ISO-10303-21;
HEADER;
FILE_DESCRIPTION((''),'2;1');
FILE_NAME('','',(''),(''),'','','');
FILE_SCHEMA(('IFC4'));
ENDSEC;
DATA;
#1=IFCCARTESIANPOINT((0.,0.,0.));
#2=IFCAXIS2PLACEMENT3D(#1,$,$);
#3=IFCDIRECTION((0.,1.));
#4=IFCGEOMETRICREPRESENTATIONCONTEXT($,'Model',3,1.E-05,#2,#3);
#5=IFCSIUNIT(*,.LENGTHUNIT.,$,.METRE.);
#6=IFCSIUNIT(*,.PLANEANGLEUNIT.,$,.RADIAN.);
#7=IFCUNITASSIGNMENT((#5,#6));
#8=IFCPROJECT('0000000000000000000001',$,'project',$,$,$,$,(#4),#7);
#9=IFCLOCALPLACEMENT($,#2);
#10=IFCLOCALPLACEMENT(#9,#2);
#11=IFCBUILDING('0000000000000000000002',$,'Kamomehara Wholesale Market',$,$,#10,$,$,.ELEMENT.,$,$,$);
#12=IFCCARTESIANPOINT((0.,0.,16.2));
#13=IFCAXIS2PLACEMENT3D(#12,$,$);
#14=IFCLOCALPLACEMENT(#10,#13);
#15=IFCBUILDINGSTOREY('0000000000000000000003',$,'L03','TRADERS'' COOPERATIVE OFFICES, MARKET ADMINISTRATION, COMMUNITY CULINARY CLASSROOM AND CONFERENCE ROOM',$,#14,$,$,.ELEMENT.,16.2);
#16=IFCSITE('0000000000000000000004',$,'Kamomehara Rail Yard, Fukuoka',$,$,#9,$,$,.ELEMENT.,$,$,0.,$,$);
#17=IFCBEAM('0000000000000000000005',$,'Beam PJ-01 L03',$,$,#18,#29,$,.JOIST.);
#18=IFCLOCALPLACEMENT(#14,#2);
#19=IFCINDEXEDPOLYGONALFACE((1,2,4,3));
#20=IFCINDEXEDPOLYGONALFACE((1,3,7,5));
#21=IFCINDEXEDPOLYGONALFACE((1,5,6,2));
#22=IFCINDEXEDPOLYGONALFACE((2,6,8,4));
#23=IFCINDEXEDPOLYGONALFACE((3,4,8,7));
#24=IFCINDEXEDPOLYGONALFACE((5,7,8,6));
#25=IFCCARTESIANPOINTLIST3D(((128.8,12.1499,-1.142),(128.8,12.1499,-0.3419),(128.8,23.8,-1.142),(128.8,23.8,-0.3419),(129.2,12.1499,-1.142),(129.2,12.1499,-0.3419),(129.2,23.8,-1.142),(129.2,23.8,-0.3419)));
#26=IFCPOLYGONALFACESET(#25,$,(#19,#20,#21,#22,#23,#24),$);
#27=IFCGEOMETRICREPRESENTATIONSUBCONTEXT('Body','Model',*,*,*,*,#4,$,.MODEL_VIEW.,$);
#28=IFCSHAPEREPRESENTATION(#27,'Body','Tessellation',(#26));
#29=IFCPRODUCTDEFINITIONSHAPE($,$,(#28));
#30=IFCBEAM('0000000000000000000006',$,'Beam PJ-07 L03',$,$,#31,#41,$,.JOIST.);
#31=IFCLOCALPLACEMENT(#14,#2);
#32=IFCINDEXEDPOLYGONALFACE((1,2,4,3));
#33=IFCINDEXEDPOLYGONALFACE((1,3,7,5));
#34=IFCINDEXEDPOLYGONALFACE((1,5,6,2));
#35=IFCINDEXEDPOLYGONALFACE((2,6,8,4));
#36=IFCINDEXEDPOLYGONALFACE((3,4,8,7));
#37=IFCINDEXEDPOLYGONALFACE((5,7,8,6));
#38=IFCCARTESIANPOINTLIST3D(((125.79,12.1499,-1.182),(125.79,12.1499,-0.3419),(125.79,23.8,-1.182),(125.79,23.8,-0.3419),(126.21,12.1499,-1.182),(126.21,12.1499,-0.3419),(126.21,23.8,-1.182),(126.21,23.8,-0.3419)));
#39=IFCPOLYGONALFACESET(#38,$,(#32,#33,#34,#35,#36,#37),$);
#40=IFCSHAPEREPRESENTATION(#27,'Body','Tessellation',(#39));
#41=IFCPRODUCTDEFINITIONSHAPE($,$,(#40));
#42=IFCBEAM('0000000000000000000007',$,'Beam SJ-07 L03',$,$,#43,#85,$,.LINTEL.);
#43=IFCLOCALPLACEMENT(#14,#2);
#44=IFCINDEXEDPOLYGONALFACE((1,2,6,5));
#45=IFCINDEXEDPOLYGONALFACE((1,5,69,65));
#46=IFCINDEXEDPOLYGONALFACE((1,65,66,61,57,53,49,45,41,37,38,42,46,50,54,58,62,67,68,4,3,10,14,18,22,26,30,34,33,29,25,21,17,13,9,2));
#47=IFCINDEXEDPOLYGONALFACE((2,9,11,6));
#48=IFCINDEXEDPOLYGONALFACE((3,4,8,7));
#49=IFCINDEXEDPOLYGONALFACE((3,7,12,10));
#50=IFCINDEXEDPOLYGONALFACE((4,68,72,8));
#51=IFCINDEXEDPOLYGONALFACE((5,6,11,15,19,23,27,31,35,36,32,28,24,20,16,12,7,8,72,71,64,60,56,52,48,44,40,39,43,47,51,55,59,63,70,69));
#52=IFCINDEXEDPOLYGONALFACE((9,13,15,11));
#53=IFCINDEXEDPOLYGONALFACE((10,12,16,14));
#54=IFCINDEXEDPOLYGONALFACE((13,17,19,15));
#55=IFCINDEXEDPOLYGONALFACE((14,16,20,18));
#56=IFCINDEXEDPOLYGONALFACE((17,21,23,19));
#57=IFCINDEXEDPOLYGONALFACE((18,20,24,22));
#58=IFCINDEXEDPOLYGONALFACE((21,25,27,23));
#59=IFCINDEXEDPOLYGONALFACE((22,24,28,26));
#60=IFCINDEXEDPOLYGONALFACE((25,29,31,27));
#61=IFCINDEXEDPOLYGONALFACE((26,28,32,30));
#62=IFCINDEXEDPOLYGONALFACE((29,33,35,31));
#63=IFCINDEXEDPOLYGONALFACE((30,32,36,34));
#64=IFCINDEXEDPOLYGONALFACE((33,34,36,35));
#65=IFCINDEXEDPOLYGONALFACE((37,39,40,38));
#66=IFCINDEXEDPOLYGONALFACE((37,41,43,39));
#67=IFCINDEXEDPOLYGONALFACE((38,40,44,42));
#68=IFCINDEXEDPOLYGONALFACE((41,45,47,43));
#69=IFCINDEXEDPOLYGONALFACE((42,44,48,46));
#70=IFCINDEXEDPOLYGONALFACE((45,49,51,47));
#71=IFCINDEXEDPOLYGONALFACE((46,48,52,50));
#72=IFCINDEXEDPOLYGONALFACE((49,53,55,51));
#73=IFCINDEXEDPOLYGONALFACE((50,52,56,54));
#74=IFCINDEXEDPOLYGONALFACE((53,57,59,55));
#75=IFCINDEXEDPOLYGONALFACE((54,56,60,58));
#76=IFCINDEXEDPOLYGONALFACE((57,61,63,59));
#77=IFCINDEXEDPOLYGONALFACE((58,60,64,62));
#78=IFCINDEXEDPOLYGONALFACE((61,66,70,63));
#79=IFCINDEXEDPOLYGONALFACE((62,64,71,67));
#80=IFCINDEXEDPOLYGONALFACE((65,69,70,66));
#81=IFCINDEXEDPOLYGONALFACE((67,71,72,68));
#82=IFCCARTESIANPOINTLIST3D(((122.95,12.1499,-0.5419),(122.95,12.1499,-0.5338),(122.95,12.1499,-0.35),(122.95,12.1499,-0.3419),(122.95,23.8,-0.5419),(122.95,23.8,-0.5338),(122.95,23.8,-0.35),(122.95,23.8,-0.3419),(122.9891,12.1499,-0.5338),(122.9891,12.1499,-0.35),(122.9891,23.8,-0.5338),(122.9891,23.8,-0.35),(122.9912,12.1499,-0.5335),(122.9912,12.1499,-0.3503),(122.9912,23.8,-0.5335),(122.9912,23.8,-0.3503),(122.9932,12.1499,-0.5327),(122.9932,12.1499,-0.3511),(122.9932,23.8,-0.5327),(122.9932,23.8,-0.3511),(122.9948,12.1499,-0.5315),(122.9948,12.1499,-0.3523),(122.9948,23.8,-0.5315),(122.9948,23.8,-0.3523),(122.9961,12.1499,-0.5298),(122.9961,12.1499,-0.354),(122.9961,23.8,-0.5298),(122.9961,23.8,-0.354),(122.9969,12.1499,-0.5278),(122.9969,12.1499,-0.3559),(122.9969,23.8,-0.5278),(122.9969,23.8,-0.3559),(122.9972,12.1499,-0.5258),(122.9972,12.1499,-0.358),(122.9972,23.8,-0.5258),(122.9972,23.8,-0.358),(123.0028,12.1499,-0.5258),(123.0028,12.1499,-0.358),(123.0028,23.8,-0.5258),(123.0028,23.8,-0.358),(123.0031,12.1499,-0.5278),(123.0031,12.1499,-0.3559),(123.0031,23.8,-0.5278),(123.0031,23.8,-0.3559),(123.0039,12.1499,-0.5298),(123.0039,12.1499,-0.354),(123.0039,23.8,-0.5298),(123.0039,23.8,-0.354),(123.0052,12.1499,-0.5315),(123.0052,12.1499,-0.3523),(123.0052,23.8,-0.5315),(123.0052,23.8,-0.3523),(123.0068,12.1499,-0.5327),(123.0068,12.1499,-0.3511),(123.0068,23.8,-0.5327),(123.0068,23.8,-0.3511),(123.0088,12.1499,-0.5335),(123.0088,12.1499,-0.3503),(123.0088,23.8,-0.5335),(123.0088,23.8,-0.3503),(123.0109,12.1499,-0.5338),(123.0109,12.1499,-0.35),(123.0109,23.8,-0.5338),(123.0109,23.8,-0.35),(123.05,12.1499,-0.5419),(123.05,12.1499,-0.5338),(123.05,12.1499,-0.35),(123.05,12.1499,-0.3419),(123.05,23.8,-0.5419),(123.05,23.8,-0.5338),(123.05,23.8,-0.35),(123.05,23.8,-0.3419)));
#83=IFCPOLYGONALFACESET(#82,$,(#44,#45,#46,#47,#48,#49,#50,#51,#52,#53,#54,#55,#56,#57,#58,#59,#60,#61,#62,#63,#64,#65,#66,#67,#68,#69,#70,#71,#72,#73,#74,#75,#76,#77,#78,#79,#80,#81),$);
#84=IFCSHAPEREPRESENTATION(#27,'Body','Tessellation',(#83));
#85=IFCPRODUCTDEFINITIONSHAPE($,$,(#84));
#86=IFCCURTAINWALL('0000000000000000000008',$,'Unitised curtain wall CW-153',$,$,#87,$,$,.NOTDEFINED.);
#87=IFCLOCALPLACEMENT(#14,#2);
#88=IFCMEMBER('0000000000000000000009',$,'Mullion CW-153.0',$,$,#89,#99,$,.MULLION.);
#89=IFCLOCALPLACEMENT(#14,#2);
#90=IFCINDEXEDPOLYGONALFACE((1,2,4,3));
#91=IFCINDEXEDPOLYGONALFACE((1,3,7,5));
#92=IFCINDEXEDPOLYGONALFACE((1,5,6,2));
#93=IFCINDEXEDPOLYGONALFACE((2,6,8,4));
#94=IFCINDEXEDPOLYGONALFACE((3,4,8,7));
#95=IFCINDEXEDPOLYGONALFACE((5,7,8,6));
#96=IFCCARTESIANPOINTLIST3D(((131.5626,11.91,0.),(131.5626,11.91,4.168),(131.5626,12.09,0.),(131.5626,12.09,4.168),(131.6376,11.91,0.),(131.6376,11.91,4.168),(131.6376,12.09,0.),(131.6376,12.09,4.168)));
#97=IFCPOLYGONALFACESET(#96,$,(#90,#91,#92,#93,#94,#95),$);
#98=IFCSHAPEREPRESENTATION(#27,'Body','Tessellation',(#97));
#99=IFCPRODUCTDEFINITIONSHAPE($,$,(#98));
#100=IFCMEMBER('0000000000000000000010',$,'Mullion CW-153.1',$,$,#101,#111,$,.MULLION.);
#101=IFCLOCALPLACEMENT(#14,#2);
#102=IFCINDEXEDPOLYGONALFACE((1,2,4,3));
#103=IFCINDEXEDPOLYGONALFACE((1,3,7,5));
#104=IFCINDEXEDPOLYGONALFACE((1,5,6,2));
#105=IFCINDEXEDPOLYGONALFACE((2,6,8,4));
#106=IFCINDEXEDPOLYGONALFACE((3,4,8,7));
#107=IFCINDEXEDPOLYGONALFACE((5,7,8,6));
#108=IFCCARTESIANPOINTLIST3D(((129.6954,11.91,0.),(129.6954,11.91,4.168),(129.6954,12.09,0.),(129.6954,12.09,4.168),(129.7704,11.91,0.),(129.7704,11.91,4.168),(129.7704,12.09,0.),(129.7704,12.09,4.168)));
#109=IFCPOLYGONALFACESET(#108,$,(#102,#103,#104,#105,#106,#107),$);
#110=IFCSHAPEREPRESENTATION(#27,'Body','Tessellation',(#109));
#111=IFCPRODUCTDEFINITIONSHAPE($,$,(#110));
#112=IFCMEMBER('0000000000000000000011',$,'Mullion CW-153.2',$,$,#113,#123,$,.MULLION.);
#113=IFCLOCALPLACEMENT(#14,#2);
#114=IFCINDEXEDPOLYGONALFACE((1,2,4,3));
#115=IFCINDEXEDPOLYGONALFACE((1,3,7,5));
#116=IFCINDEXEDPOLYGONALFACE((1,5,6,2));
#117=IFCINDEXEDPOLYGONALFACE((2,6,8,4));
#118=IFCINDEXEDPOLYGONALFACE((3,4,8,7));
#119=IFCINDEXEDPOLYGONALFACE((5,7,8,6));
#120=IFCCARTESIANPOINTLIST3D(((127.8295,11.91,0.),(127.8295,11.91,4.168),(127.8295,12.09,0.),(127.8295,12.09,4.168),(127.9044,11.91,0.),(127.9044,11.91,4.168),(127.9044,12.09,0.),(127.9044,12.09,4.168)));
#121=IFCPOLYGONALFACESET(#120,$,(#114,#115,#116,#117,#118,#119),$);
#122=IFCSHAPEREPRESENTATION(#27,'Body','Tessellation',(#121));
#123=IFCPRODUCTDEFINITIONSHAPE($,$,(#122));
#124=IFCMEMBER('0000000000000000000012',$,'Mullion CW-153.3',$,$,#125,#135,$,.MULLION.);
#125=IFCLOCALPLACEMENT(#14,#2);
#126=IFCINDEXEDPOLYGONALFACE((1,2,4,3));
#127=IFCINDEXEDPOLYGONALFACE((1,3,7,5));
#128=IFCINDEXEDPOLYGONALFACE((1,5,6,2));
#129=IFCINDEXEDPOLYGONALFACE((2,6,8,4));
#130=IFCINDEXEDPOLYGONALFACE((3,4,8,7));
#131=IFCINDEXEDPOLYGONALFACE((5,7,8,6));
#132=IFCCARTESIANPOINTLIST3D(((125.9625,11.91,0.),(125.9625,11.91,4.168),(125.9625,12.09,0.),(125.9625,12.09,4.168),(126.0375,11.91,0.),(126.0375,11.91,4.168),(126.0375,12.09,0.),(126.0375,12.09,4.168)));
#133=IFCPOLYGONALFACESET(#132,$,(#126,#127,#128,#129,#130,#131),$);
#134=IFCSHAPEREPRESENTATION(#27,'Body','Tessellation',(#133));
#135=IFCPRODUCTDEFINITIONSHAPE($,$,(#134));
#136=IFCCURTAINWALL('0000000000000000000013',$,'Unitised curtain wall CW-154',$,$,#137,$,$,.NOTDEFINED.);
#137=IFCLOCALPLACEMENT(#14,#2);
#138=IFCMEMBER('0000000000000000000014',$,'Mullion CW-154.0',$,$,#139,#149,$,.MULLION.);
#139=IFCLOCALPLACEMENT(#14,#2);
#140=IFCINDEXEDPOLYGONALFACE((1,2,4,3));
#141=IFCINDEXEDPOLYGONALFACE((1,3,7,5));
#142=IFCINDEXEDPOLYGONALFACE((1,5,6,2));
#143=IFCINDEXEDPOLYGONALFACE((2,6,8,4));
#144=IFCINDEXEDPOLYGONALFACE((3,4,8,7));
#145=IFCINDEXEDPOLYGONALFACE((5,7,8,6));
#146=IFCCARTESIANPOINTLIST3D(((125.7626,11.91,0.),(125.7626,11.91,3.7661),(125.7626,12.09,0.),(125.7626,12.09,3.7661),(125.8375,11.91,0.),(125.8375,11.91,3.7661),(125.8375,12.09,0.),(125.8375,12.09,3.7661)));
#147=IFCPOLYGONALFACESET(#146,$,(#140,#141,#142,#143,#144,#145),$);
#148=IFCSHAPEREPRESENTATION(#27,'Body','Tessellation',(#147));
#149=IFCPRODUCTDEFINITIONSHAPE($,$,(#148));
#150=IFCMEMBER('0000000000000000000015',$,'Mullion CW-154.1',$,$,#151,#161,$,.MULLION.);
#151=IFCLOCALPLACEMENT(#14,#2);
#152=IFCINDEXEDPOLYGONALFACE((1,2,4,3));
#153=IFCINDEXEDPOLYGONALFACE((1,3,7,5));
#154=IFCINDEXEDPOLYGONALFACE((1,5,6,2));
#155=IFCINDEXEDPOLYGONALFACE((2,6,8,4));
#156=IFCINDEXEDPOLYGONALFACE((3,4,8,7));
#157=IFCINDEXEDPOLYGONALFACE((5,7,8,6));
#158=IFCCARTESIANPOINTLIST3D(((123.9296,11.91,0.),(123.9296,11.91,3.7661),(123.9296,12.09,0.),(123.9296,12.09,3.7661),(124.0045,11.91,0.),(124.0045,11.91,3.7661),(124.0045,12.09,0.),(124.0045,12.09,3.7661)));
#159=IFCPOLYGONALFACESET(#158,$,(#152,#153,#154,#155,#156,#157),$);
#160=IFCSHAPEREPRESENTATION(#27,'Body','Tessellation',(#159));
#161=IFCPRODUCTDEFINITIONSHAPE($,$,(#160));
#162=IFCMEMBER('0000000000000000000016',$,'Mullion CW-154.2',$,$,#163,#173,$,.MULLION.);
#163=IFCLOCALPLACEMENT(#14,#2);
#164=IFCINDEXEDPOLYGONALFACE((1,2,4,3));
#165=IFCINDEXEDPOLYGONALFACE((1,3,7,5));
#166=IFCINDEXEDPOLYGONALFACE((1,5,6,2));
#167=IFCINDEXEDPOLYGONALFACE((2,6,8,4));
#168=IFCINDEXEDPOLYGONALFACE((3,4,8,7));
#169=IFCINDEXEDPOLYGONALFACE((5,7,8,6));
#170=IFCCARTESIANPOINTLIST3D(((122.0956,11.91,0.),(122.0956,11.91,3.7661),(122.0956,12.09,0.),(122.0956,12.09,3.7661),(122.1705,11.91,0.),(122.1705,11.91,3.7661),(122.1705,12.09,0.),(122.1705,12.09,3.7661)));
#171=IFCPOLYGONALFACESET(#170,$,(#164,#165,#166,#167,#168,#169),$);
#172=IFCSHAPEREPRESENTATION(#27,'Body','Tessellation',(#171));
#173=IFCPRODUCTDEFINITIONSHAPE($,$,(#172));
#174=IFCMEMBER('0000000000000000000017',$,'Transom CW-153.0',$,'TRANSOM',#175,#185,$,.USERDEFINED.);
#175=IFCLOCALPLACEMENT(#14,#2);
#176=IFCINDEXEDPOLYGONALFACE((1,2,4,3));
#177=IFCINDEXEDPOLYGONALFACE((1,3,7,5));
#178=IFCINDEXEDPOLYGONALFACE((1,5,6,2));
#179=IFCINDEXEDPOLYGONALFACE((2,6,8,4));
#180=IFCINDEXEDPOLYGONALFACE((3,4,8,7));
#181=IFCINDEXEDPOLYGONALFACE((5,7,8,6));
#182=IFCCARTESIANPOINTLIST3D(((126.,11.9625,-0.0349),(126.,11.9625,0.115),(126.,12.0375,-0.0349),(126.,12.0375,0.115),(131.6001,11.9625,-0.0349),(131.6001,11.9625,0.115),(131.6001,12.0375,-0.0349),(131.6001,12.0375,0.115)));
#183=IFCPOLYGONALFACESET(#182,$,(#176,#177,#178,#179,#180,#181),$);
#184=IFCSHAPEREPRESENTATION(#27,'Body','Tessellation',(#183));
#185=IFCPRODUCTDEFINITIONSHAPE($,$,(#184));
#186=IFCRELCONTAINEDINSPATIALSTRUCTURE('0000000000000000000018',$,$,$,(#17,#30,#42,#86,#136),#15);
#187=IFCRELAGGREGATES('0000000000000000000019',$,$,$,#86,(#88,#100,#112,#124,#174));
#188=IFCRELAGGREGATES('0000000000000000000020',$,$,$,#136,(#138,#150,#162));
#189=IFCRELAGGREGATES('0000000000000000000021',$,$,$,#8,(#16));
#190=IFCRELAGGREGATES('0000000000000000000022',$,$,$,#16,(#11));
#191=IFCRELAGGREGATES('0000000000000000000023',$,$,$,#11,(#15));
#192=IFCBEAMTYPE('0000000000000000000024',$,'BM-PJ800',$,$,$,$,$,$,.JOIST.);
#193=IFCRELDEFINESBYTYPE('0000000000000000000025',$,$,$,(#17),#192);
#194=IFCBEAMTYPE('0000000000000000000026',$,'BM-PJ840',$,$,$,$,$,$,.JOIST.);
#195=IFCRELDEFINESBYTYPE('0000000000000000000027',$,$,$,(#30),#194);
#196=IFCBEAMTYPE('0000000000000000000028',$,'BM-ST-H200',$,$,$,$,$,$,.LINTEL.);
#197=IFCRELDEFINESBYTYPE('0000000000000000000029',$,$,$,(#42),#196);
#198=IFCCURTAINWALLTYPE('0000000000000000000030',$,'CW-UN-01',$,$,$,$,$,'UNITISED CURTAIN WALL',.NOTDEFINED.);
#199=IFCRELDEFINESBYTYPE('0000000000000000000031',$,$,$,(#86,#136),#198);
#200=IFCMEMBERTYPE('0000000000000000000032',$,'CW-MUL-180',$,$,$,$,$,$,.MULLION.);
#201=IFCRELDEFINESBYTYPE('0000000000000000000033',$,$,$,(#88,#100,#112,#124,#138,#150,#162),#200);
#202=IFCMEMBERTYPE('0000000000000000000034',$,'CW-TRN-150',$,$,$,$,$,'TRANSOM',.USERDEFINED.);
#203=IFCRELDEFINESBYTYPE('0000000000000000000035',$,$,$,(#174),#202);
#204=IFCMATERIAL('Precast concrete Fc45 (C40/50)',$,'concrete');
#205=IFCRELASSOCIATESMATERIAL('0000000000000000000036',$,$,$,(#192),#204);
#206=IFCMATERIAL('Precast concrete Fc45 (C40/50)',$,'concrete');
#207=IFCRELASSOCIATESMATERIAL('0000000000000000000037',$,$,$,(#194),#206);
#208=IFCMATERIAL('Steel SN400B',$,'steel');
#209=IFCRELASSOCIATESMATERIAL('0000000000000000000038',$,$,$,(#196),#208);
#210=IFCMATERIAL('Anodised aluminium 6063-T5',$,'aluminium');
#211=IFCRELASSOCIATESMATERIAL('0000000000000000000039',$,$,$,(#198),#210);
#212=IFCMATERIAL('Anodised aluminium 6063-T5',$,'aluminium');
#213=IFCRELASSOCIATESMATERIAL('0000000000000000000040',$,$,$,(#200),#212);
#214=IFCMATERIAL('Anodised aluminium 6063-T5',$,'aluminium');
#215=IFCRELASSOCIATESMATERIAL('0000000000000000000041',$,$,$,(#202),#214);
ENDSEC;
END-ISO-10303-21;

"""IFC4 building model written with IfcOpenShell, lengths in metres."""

from ifc_helpers import new_model, si_unit, direction, frame, origin, origin_2d, place, context, subcontext, project, spatial, rectangle, i_section, extrude, material, material_profile, profile_set, type_object, element, aggregate, save


model = new_model("IFC4")

# Units and contexts
model_context = context("Model", 3, precision=1e-05, world=origin(), true_north=direction((0.0, 1.0)))
body_context = subcontext(model_context, "Body", "Model", "MODEL_VIEW")
ifc_project = project(units=[si_unit("LENGTHUNIT", "METRE"), si_unit("PLANEANGLEUNIT", "RADIAN")], contexts=[model_context])

# Site, building, storey
site_placement = place(None, origin())
site = spatial("IfcSite", under=ifc_project, at=site_placement, Name="Kamomehara Rail Yard, Fukuoka", CompositionType="ELEMENT", RefElevation=0.0)
building_placement = place(site_placement, origin())
building = spatial("IfcBuilding", under=site, at=building_placement, Name="Kamomehara Wholesale Market", CompositionType="ELEMENT")
storey_placement = place(building_placement, frame((0.0, 0.0, 16.2)))
storey = spatial("IfcBuildingStorey", under=building, at=storey_placement, Name="L03", Description="TRADERS' COOPERATIVE OFFICES, MARKET ADMINISTRATION, COMMUNITY CULINARY CLASSROOM AND CONFERENCE ROOM", CompositionType="ELEMENT", Elevation=16.2)

# Beams
ifc_material_1 = material(Name="Precast concrete Fc45 (C40/50)", Category="concrete")
ifc_material_profile_1 = material_profile(ifc_material_1, rectangle(XDim=0.3999, YDim=0.8, at=origin_2d()), Name="PC-JST-400x800")
ifc_profile_set_1 = profile_set([ifc_material_profile_1], Name="Precast concrete Fc45 (C40/50)")
beam_type_1 = type_object("IfcBeamType", Name="BM-PJ800", PredefinedType="JOIST", material=ifc_profile_set_1)
beam_1_placement = place(storey_placement, frame((129.0, 12.1499, -0.7419), z_axis=(0.0, 1.0, 0.0), x_axis=(-1.0, 0.0, 0.0)))
element("IfcBeam", 1, at=beam_1_placement, inside=storey, type_object=beam_type_1, Name="Beam PJ-01 L03", PredefinedType="JOIST", context=body_context, shape_type="SweptSolid", body=[
    extrude(rectangle(XDim=0.3999, YDim=0.8, at=origin_2d()), origin(), (0.0, 0.0, 1.0), 11.6501),
])
ifc_material_2 = material(Name="Precast concrete Fc45 (C40/50)", Category="concrete")
ifc_material_profile_2 = material_profile(ifc_material_2, rectangle(XDim=0.4199, YDim=0.8401, at=origin_2d()), Name="PC-JST-420x840")
ifc_profile_set_2 = profile_set([ifc_material_profile_2], Name="Precast concrete Fc45 (C40/50)")
beam_type_2 = type_object("IfcBeamType", Name="BM-PJ840", PredefinedType="JOIST", material=ifc_profile_set_2)
beam_2_placement = place(storey_placement, frame((126.0, 12.1499, -0.762), z_axis=(0.0, 1.0, 0.0), x_axis=(-1.0, 0.0, 0.0)))
element("IfcBeam", 2, at=beam_2_placement, inside=storey, type_object=beam_type_2, Name="Beam PJ-07 L03", PredefinedType="JOIST", context=body_context, shape_type="SweptSolid", body=[
    extrude(rectangle(XDim=0.4199, YDim=0.8401, at=origin_2d()), origin(), (0.0, 0.0, 1.0), 11.6501),
])
ifc_material_3 = material(Name="Steel SN400B", Category="steel")
ifc_material_profile_3 = material_profile(ifc_material_3, i_section(OverallWidth=0.1001, OverallDepth=0.2, WebThickness=0.0056, FlangeThickness=0.0081, FilletRadius=0.0081, at=origin_2d()), Name="H-200x100x5.5x8")
ifc_profile_set_3 = profile_set([ifc_material_profile_3], Name="Steel SN400B")
beam_type_3 = type_object("IfcBeamType", Name="BM-ST-H200", PredefinedType="LINTEL", material=ifc_profile_set_3)
beam_3_placement = place(storey_placement, frame((123.0, 12.1499, -0.4419), z_axis=(0.0, 1.0, 0.0), x_axis=(-1.0, 0.0, 0.0)))
element("IfcBeam", 3, at=beam_3_placement, inside=storey, type_object=beam_type_3, Name="Beam SJ-07 L03", PredefinedType="LINTEL", context=body_context, shape_type="SweptSolid", body=[
    extrude(i_section(OverallWidth=0.1001, OverallDepth=0.2, WebThickness=0.0056, FlangeThickness=0.0081, FilletRadius=0.0081, at=origin_2d()), origin(), (0.0, 0.0, 1.0), 11.6501),
])

# Curtain walls, members
ifc_material_4 = material(Name="Anodised aluminium 6063-T5", Category="aluminium")
curtain_wall_type = type_object("IfcCurtainWallType", Name="CW-UN-01", ElementType="UNITISED CURTAIN WALL", PredefinedType="NOTDEFINED", material=ifc_material_4)
curtain_wall_1_placement = place(storey_placement, origin())
curtain_wall_1 = element("IfcCurtainWall", 4, at=curtain_wall_1_placement, inside=storey, type_object=curtain_wall_type, Name="Unitised curtain wall CW-153", PredefinedType="NOTDEFINED")
ifc_material_5 = material(Name="Anodised aluminium 6063-T5", Category="aluminium")
ifc_material_profile_4 = material_profile(ifc_material_5, rectangle(XDim=0.075, YDim=0.1799, at=origin_2d()), Name="ALU-MUL-75x180")
ifc_profile_set_4 = profile_set([ifc_material_profile_4], Name="Anodised aluminium 6063-T5")
member_type_1 = type_object("IfcMemberType", Name="CW-MUL-180", PredefinedType="MULLION", material=ifc_profile_set_4)
member_1_placement = place(storey_placement, frame((131.6001, 12.0, 0.0), z_axis=(0.0, 0.0, 1.0), x_axis=(-1.0, 0.0, 0.0)))
member_1 = element("IfcMember", 5, at=member_1_placement, type_object=member_type_1, Name="Mullion CW-153.0", PredefinedType="MULLION", context=body_context, shape_type="SweptSolid", body=[
    extrude(rectangle(XDim=0.075, YDim=0.1799, at=origin_2d()), origin(), (0.0, 0.0, 1.0), 4.168),
])
member_2_placement = place(storey_placement, frame((129.7329, 12.0, 0.0), z_axis=(0.0, 0.0, 1.0), x_axis=(-1.0, 0.0, 0.0)))
member_2 = element("IfcMember", 6, at=member_2_placement, type_object=member_type_1, Name="Mullion CW-153.1", PredefinedType="MULLION", context=body_context, shape_type="SweptSolid", body=[
    extrude(rectangle(XDim=0.075, YDim=0.1799, at=origin_2d()), origin(), (0.0, 0.0, 1.0), 4.168),
])
member_3_placement = place(storey_placement, frame((127.8669, 12.0, 0.0), z_axis=(0.0, 0.0, 1.0), x_axis=(-1.0, 0.0, 0.0)))
member_3 = element("IfcMember", 7, at=member_3_placement, type_object=member_type_1, Name="Mullion CW-153.2", PredefinedType="MULLION", context=body_context, shape_type="SweptSolid", body=[
    extrude(rectangle(XDim=0.075, YDim=0.1799, at=origin_2d()), origin(), (0.0, 0.0, 1.0), 4.168),
])
member_4_placement = place(storey_placement, frame((126.0, 12.0, 0.0), z_axis=(0.0, 0.0, 1.0), x_axis=(-1.0, 0.0, 0.0)))
member_4 = element("IfcMember", 8, at=member_4_placement, type_object=member_type_1, Name="Mullion CW-153.3", PredefinedType="MULLION", context=body_context, shape_type="SweptSolid", body=[
    extrude(rectangle(XDim=0.075, YDim=0.1799, at=origin_2d()), origin(), (0.0, 0.0, 1.0), 4.168),
])
curtain_wall_2_placement = place(storey_placement, origin())
curtain_wall_2 = element("IfcCurtainWall", 9, at=curtain_wall_2_placement, inside=storey, type_object=curtain_wall_type, Name="Unitised curtain wall CW-154", PredefinedType="NOTDEFINED")
member_5_placement = place(storey_placement, frame((125.8, 12.0, 0.0), z_axis=(0.0, 0.0, 1.0), x_axis=(-1.0, 0.0, 0.0)))
member_5 = element("IfcMember", 10, at=member_5_placement, type_object=member_type_1, Name="Mullion CW-154.0", PredefinedType="MULLION", context=body_context, shape_type="SweptSolid", body=[
    extrude(rectangle(XDim=0.075, YDim=0.1799, at=origin_2d()), origin(), (0.0, 0.0, 1.0), 3.7661),
])
member_6_placement = place(storey_placement, frame((123.967, 12.0, 0.0), z_axis=(0.0, 0.0, 1.0), x_axis=(-1.0, 0.0, 0.0)))
member_6 = element("IfcMember", 11, at=member_6_placement, type_object=member_type_1, Name="Mullion CW-154.1", PredefinedType="MULLION", context=body_context, shape_type="SweptSolid", body=[
    extrude(rectangle(XDim=0.075, YDim=0.1799, at=origin_2d()), origin(), (0.0, 0.0, 1.0), 3.7661),
])
member_7_placement = place(storey_placement, frame((122.1331, 12.0, 0.0), z_axis=(0.0, 0.0, 1.0), x_axis=(-1.0, 0.0, 0.0)))
member_7 = element("IfcMember", 12, at=member_7_placement, type_object=member_type_1, Name="Mullion CW-154.2", PredefinedType="MULLION", context=body_context, shape_type="SweptSolid", body=[
    extrude(rectangle(XDim=0.075, YDim=0.1799, at=origin_2d()), origin(), (0.0, 0.0, 1.0), 3.7661),
])

# Member
ifc_material_6 = material(Name="Anodised aluminium 6063-T5", Category="aluminium")
ifc_material_profile_5 = material_profile(ifc_material_6, rectangle(XDim=0.075, YDim=0.1499, at=origin_2d()), Name="ALU-TRN-75x150")
ifc_profile_set_5 = profile_set([ifc_material_profile_5], Name="Anodised aluminium 6063-T5")
member_type_2 = type_object("IfcMemberType", Name="CW-TRN-150", ElementType="TRANSOM", PredefinedType="USERDEFINED", material=ifc_profile_set_5)
member_8_placement = place(storey_placement, frame((131.6001, 12.0, 0.04), z_axis=(-1.0, 0.0, 0.0), x_axis=(0.0, -1.0, 0.0)))
member_8 = element("IfcMember", 13, at=member_8_placement, type_object=member_type_2, Name="Transom CW-153.0", ObjectType="TRANSOM", PredefinedType="USERDEFINED", context=body_context, shape_type="SweptSolid", body=[
    extrude(rectangle(XDim=0.075, YDim=0.1499, at=origin_2d()), origin(), (0.0, 0.0, 1.0), 5.6001),
])
aggregate(curtain_wall_1, [member_1, member_2, member_3, member_4, member_8])
aggregate(curtain_wall_2, [member_5, member_6, member_7])

save(model, "model.ifc")
